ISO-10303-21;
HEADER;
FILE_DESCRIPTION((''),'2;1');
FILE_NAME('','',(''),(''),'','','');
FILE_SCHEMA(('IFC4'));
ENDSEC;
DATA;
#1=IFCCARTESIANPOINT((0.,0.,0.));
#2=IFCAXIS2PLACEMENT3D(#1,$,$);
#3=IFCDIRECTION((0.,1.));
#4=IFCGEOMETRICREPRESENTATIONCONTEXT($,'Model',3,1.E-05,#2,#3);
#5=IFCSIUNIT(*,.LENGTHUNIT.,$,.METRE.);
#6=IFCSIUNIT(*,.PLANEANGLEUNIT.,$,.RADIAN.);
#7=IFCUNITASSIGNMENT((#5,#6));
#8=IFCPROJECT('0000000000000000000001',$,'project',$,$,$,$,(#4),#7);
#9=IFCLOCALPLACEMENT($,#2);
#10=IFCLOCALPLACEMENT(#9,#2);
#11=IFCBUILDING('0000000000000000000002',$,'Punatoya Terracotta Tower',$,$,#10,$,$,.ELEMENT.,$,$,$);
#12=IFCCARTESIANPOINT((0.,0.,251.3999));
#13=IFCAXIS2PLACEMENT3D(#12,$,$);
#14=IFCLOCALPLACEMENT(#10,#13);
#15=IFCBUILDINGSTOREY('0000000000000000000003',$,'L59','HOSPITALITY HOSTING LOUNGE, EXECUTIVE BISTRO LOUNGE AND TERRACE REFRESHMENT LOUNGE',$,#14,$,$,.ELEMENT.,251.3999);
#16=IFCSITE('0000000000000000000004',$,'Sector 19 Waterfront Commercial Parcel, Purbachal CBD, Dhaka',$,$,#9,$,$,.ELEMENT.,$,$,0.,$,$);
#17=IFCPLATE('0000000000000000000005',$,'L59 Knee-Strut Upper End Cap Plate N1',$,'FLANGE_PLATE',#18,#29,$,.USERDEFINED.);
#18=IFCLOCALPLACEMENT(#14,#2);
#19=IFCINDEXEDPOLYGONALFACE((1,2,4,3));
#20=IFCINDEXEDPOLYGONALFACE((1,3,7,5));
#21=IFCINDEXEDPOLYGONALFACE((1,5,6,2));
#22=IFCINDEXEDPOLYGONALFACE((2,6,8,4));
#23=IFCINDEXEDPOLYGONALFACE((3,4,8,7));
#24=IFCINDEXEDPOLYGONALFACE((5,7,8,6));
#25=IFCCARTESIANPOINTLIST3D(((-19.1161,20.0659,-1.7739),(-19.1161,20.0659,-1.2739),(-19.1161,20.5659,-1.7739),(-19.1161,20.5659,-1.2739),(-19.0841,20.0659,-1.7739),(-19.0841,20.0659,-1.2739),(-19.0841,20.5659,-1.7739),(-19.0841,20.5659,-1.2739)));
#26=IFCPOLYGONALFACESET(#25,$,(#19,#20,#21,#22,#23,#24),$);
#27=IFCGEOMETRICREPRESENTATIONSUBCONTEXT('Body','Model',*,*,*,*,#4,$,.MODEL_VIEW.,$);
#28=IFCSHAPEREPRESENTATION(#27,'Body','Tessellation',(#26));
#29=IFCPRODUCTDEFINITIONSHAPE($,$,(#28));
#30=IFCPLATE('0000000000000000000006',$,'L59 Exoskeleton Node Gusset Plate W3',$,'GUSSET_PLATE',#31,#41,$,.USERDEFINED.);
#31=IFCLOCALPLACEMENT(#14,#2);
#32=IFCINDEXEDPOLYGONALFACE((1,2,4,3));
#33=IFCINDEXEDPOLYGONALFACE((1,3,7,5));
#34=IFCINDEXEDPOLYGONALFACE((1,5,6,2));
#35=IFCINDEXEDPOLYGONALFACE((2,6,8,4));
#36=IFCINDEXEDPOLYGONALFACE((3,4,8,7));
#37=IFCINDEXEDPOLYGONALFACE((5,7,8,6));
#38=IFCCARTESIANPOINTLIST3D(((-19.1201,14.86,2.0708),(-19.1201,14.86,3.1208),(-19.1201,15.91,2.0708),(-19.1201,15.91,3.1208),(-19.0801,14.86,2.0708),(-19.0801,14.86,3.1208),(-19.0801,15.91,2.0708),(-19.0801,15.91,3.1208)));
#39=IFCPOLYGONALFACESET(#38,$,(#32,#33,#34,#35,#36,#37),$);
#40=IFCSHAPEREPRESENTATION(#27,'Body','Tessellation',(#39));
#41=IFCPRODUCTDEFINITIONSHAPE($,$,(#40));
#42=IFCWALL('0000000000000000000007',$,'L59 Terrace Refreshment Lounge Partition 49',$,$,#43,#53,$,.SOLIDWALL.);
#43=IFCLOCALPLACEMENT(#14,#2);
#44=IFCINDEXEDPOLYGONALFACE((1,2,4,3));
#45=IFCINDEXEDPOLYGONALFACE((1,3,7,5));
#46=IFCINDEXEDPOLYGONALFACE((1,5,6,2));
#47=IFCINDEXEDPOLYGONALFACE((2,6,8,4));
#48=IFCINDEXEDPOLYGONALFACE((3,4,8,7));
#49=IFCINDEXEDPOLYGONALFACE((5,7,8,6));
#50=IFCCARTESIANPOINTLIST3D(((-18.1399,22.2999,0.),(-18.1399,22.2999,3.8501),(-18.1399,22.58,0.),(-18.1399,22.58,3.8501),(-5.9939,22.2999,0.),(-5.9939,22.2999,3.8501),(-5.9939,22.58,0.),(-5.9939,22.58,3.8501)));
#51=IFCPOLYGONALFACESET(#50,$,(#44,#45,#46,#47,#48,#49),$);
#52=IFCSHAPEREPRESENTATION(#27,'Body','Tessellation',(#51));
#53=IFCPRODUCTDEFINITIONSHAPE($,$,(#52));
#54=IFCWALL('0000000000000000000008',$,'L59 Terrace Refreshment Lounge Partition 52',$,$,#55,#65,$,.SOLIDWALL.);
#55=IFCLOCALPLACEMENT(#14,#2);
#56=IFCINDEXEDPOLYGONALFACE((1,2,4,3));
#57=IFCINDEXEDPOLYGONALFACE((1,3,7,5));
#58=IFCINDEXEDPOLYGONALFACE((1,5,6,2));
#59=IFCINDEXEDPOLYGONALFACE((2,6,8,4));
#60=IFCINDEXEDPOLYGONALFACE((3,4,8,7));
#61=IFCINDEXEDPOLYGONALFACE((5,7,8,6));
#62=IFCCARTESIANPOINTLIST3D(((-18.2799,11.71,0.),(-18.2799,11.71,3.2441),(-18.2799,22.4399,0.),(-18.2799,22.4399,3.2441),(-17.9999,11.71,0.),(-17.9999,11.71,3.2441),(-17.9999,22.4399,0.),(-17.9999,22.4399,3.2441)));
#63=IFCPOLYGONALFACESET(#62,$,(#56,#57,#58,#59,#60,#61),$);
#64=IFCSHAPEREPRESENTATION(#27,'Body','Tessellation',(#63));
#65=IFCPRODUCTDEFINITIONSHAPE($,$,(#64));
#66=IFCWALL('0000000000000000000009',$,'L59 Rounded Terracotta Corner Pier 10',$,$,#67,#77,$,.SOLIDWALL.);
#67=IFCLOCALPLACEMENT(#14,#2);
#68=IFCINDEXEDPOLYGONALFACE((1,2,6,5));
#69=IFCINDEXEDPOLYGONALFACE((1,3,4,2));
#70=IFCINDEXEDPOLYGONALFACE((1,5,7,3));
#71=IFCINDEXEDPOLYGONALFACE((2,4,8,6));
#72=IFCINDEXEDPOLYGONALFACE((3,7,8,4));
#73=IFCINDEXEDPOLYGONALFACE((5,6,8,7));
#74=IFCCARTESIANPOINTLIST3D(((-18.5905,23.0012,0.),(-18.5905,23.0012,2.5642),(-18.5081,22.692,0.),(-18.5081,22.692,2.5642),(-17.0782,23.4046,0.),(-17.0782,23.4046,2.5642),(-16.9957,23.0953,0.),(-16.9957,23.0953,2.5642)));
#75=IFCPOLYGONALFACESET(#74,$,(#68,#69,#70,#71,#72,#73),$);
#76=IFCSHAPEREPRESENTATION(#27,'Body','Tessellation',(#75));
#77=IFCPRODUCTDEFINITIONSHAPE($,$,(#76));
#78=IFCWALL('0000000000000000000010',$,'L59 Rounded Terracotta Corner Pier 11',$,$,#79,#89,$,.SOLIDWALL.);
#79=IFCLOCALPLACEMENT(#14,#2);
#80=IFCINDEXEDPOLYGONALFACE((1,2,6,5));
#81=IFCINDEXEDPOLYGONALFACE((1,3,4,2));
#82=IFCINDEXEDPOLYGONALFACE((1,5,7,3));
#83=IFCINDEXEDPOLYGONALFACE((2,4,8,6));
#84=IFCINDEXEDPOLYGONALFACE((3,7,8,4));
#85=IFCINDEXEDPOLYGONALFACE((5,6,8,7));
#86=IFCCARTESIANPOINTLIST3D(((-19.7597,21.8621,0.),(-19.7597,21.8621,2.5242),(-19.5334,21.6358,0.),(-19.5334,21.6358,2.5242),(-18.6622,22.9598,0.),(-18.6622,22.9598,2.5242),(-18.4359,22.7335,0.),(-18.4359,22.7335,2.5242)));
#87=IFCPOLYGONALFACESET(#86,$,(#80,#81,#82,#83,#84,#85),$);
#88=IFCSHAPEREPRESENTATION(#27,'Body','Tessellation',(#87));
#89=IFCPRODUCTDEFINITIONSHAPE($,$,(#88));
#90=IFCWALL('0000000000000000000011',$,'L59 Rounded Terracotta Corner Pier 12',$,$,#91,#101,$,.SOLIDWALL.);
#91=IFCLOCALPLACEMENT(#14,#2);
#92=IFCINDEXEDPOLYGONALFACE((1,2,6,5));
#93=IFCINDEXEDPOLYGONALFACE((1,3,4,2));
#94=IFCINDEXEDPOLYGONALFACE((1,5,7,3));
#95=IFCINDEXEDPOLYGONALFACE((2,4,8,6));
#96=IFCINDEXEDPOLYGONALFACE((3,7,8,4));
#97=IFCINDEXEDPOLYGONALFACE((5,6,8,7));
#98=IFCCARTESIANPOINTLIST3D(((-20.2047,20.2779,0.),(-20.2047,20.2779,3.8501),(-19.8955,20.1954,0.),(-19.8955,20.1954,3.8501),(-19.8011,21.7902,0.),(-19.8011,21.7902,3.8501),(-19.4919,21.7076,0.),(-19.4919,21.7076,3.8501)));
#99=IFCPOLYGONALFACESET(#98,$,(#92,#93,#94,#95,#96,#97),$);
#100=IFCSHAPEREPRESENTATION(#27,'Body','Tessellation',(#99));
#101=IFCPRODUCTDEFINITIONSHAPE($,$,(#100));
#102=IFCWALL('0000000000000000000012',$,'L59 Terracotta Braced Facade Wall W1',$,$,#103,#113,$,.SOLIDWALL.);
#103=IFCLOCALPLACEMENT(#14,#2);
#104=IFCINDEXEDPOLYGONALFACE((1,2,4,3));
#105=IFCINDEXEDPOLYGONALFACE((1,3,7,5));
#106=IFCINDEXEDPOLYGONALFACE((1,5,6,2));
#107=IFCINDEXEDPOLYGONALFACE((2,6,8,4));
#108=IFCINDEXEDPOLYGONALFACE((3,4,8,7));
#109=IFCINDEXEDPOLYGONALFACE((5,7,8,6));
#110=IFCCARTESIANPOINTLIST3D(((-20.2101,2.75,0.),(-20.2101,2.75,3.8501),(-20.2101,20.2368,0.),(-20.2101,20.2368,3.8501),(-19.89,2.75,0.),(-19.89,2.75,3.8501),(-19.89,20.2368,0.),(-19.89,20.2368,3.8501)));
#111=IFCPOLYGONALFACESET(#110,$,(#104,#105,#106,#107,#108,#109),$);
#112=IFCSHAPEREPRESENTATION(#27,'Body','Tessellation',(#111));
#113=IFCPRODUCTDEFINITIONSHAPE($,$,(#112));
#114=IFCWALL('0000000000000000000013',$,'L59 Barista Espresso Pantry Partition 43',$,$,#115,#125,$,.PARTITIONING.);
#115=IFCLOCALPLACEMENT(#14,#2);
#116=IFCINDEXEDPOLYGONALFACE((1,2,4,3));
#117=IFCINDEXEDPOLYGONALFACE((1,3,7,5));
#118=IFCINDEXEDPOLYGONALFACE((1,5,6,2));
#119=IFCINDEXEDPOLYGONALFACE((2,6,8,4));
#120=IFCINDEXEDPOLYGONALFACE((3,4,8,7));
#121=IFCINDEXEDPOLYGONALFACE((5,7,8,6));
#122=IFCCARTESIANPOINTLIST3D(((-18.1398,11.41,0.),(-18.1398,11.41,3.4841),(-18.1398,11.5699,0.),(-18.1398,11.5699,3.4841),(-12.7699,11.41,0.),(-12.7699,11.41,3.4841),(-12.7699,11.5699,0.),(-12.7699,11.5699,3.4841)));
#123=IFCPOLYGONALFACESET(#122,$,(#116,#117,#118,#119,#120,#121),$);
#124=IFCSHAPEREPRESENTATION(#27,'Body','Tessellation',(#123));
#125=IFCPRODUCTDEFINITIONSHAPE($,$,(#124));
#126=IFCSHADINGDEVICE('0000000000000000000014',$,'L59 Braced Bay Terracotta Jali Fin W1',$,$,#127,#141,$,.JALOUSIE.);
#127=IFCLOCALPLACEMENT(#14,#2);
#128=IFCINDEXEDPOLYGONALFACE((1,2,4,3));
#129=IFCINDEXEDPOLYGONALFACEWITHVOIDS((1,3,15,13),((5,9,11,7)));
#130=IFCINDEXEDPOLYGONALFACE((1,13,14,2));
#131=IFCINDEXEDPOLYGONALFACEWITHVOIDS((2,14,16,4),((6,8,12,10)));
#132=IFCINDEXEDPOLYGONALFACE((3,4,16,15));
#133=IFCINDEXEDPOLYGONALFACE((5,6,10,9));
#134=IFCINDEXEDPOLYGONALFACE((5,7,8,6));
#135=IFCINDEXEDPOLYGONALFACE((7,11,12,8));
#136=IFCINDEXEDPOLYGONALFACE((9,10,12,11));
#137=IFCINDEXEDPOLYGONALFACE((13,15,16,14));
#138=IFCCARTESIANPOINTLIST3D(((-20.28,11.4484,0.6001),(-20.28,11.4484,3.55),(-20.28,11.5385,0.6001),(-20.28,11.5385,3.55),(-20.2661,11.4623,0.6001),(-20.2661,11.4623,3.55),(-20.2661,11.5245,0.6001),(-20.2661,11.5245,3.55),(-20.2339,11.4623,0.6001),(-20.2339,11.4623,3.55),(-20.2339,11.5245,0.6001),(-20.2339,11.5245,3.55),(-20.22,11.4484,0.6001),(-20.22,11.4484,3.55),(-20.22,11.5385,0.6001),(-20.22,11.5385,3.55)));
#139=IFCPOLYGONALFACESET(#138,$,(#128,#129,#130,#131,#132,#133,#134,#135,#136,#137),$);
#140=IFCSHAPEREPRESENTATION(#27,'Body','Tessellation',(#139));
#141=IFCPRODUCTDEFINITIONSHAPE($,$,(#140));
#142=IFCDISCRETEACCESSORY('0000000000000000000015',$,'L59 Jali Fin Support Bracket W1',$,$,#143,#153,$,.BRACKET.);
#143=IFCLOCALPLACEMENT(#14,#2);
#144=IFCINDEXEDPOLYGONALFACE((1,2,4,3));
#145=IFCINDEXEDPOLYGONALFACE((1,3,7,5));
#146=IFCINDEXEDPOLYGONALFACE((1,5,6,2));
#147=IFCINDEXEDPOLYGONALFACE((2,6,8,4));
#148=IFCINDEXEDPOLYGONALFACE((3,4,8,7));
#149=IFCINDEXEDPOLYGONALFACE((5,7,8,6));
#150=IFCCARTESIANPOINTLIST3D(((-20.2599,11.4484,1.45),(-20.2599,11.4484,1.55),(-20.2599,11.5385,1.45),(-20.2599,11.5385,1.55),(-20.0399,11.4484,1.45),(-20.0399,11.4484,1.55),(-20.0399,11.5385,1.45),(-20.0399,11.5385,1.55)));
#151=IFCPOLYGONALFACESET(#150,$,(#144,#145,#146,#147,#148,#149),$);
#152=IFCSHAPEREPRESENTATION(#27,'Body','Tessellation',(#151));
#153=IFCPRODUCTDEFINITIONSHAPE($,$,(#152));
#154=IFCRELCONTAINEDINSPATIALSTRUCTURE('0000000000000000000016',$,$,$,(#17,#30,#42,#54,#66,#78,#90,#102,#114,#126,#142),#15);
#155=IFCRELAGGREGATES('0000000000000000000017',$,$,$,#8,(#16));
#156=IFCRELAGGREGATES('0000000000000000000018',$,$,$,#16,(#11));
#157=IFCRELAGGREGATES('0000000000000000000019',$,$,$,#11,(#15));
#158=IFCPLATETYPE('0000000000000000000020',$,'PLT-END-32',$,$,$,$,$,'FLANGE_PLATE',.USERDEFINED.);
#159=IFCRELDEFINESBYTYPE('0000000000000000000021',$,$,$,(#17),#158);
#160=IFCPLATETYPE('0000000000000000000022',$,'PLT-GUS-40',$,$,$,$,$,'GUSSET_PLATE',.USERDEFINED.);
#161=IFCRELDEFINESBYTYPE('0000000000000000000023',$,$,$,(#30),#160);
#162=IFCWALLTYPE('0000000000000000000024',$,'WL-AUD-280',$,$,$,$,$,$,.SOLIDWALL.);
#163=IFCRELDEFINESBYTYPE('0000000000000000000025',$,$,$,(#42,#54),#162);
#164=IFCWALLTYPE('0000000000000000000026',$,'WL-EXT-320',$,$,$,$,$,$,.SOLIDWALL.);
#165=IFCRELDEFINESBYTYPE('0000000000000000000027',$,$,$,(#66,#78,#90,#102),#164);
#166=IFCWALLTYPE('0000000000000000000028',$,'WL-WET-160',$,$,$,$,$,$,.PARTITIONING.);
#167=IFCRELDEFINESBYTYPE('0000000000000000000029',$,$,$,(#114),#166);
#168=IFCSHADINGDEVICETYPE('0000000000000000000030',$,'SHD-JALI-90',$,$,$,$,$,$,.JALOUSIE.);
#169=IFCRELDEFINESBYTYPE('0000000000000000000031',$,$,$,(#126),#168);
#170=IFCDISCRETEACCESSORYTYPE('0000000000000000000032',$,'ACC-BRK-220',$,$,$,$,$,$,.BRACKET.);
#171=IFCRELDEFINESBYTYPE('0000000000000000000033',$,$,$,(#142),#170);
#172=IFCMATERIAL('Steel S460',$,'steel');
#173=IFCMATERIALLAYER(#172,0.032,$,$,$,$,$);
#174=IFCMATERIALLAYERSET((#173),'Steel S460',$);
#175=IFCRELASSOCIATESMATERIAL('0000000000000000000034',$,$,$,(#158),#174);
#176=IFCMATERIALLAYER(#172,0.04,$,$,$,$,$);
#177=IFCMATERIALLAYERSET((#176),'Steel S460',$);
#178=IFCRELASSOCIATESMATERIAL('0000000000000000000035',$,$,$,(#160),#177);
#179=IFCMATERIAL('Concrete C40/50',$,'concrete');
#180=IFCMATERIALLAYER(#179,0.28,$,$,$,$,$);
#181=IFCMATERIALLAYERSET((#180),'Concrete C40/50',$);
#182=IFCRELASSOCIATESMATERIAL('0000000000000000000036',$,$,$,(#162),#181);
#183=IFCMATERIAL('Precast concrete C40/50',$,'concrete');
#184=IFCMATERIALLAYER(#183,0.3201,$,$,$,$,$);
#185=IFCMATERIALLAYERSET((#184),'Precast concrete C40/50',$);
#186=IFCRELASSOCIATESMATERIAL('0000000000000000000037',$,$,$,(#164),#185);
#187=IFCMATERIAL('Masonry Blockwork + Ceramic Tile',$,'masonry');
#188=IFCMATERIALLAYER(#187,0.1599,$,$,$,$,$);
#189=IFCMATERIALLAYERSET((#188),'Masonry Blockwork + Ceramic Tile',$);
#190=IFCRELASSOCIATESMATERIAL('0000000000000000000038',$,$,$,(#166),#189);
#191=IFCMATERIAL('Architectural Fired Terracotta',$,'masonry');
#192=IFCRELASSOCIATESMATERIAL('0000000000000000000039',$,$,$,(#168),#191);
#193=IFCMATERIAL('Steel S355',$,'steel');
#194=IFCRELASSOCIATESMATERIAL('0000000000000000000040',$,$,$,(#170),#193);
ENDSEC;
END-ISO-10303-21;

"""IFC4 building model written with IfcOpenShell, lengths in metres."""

from ifc_helpers import new_model, si_unit, direction, frame, frame_2d, origin, origin_2d, place, context, subcontext, project, spatial, rectangle, hollow_rectangle, extrude, material, layer, layer_set, material_profile, profile_set, type_object, element, save


model = new_model("IFC4")

# Units and contexts
model_context = context("Model", 3, precision=1e-05, world=origin(), true_north=direction((0.0, 1.0)))
body_context = subcontext(model_context, "Body", "Model", "MODEL_VIEW")
ifc_project = project(units=[si_unit("LENGTHUNIT", "METRE"), si_unit("PLANEANGLEUNIT", "RADIAN")], contexts=[model_context])

# Site, building, storey
site_placement = place(None, origin())
site = spatial("IfcSite", under=ifc_project, at=site_placement, Name="Sector 19 Waterfront Commercial Parcel, Purbachal CBD, Dhaka", CompositionType="ELEMENT", RefElevation=0.0)
building_placement = place(site_placement, origin())
building = spatial("IfcBuilding", under=site, at=building_placement, Name="Punatoya Terracotta Tower", CompositionType="ELEMENT")
storey_placement = place(building_placement, frame((0.0, 0.0, 251.3999)))
storey = spatial("IfcBuildingStorey", under=building, at=storey_placement, Name="L59", Description="HOSPITALITY HOSTING LOUNGE, EXECUTIVE BISTRO LOUNGE AND TERRACE REFRESHMENT LOUNGE", CompositionType="ELEMENT", Elevation=251.3999)

# Shared definitions
ifc_material_1 = material(Name="Steel S460", Category="steel")

# Shared definitions
ifc_material_2 = material(Name="Steel S355", Category="steel")

# Plates
ifc_layer_1 = layer(ifc_material_1, 0.032)
ifc_layer_set_1 = layer_set([ifc_layer_1], Name="Steel S460")
plate_type_1 = type_object("IfcPlateType", Name="PLT-END-32", ElementType="FLANGE_PLATE", PredefinedType="USERDEFINED", material=ifc_layer_set_1)
plate_1_placement = place(storey_placement, frame((-19.1001, 20.3159, -1.7739), z_axis=(0.0, 0.0, 1.0), x_axis=(0.0, 1.0, 0.0)))
element("IfcPlate", 1, at=plate_1_placement, inside=storey, type_object=plate_type_1, Name="L59 Knee-Strut Upper End Cap Plate N1", ObjectType="FLANGE_PLATE", PredefinedType="USERDEFINED", context=body_context, shape_type="SweptSolid", body=[
    extrude(rectangle(XDim=0.5, YDim=0.032, at=origin_2d()), origin(), (0.0, 0.0, 1.0), 0.5),
])
ifc_layer_2 = layer(ifc_material_1, 0.04)
ifc_layer_set_2 = layer_set([ifc_layer_2], Name="Steel S460")
plate_type_2 = type_object("IfcPlateType", Name="PLT-GUS-40", ElementType="GUSSET_PLATE", PredefinedType="USERDEFINED", material=ifc_layer_set_2)
plate_2_placement = place(storey_placement, frame((-19.1001, 15.385, 2.0708), z_axis=(0.0, 0.0, 1.0), x_axis=(0.0, 1.0, 0.0)))
element("IfcPlate", 2, at=plate_2_placement, inside=storey, type_object=plate_type_2, Name="L59 Exoskeleton Node Gusset Plate W3", ObjectType="GUSSET_PLATE", PredefinedType="USERDEFINED", context=body_context, shape_type="SweptSolid", body=[
    extrude(rectangle(XDim=1.05, YDim=0.04, at=origin_2d()), origin(), (0.0, 0.0, 1.0), 1.05),
])

# Walls
ifc_material_3 = material(Name="Concrete C40/50", Category="concrete")
ifc_layer_3 = layer(ifc_material_3, 0.28)
ifc_layer_set_3 = layer_set([ifc_layer_3], Name="Concrete C40/50")
wall_type_1 = type_object("IfcWallType", Name="WL-AUD-280", PredefinedType="SOLIDWALL", material=ifc_layer_set_3)
wall_1_placement = place(storey_placement, frame((-18.1399, 22.4399, 0.0), z_axis=(0.0, 0.0, 1.0), x_axis=(1.0, 0.0, 0.0)))
element("IfcWall", 3, at=wall_1_placement, inside=storey, type_object=wall_type_1, Name="L59 Terrace Refreshment Lounge Partition 49", PredefinedType="SOLIDWALL", context=body_context, shape_type="SweptSolid", body=[
    extrude(rectangle(XDim=12.146, YDim=0.28, at=frame_2d((6.073, 0.0))), origin(), (0.0, 0.0, 1.0), 3.8501),
])
wall_2_placement = place(storey_placement, frame((-18.1399, 11.71, 0.0), z_axis=(0.0, 0.0, 1.0), x_axis=(0.0, 1.0, 0.0)))
element("IfcWall", 4, at=wall_2_placement, inside=storey, type_object=wall_type_1, Name="L59 Terrace Refreshment Lounge Partition 52", PredefinedType="SOLIDWALL", context=body_context, shape_type="SweptSolid", body=[
    extrude(rectangle(XDim=10.73, YDim=0.28, at=frame_2d((5.365, 0.0))), origin(), (0.0, 0.0, 1.0), 3.2441),
])
ifc_material_4 = material(Name="Precast concrete C40/50", Category="concrete")
ifc_layer_4 = layer(ifc_material_4, 0.3201)
ifc_layer_set_4 = layer_set([ifc_layer_4], Name="Precast concrete C40/50")
wall_type_2 = type_object("IfcWallType", Name="WL-EXT-320", PredefinedType="SOLIDWALL", material=ifc_layer_set_4)
wall_3_placement = place(storey_placement, frame((-17.0369, 23.25, 0.0), z_axis=(0.0, 0.0, 1.0), x_axis=(-0.966225, -0.257701, 0.0)))
element("IfcWall", 5, at=wall_3_placement, inside=storey, type_object=wall_type_2, Name="L59 Rounded Terracotta Corner Pier 10", PredefinedType="SOLIDWALL", context=body_context, shape_type="SweptSolid", body=[
    extrude(rectangle(XDim=1.5652, YDim=0.3201, at=frame_2d((0.7827, 0.0))), origin(), (0.0, 0.0, 1.0), 2.5642),
])
wall_4_placement = place(storey_placement, frame((-18.5491, 22.8467, 0.0), z_axis=(0.0, 0.0, 1.0), x_axis=(-0.707028, -0.707185, 0.0)))
element("IfcWall", 6, at=wall_4_placement, inside=storey, type_object=wall_type_2, Name="L59 Rounded Terracotta Corner Pier 11", PredefinedType="SOLIDWALL", context=body_context, shape_type="SweptSolid", body=[
    extrude(rectangle(XDim=1.5522, YDim=0.3201, at=frame_2d((0.7761, 0.0))), origin(), (0.0, 0.0, 1.0), 2.5242),
])
wall_5_placement = place(storey_placement, frame((-19.6465, 21.749, 0.0), z_axis=(0.0, 0.0, 1.0), x_axis=(-0.257847, -0.966186, 0.0)))
element("IfcWall", 7, at=wall_5_placement, inside=storey, type_object=wall_type_2, Name="L59 Rounded Terracotta Corner Pier 12", PredefinedType="SOLIDWALL", context=body_context, shape_type="SweptSolid", body=[
    extrude(rectangle(XDim=1.5652, YDim=0.3201, at=frame_2d((0.7827, 0.0))), origin(), (0.0, 0.0, 1.0), 3.8501),
])
wall_6_placement = place(storey_placement, frame((-20.05, 20.2368, 0.0), z_axis=(0.0, 0.0, 1.0), x_axis=(0.0, -1.0, 0.0)))
element("IfcWall", 8, at=wall_6_placement, inside=storey, type_object=wall_type_2, Name="L59 Terracotta Braced Facade Wall W1", PredefinedType="SOLIDWALL", context=body_context, shape_type="SweptSolid", body=[
    extrude(rectangle(XDim=17.4868, YDim=0.3201, at=frame_2d((8.7434, 0.0))), origin(), (0.0, 0.0, 1.0), 3.8501),
])
ifc_material_5 = material(Name="Masonry Blockwork + Ceramic Tile", Category="masonry")
ifc_layer_5 = layer(ifc_material_5, 0.1599)
ifc_layer_set_5 = layer_set([ifc_layer_5], Name="Masonry Blockwork + Ceramic Tile")
wall_type_3 = type_object("IfcWallType", Name="WL-WET-160", PredefinedType="PARTITIONING", material=ifc_layer_set_5)
wall_7_placement = place(storey_placement, frame((-18.1399, 11.49, 0.0), z_axis=(0.0, 0.0, 1.0), x_axis=(1.0, 0.0, 0.0)))
element("IfcWall", 9, at=wall_7_placement, inside=storey, type_object=wall_type_3, Name="L59 Barista Espresso Pantry Partition 43", PredefinedType="PARTITIONING", context=body_context, shape_type="SweptSolid", body=[
    extrude(rectangle(XDim=5.3699, YDim=0.1599, at=frame_2d((2.6851, 0.0))), origin(), (0.0, 0.0, 1.0), 3.4841),
])

# Shading device
ifc_material_6 = material(Name="Architectural Fired Terracotta", Category="masonry")
ifc_material_profile_1 = material_profile(ifc_material_6, hollow_rectangle(XDim=0.0601, YDim=0.0901, WallThickness=0.0139, at=origin_2d()))
ifc_profile_set_1 = profile_set([ifc_material_profile_1], Name="Architectural Fired Terracotta")
shading_device_type = type_object("IfcShadingDeviceType", Name="SHD-JALI-90", PredefinedType="JALOUSIE", material=ifc_profile_set_1)
shading_device_placement = place(storey_placement, frame((-20.25, 11.4934, 0.6001), z_axis=(0.0, 0.0, 1.0), x_axis=(1.0, 0.0, 0.0)))
element("IfcShadingDevice", 10, at=shading_device_placement, inside=storey, type_object=shading_device_type, Name="L59 Braced Bay Terracotta Jali Fin W1", PredefinedType="JALOUSIE", context=body_context, shape_type="SweptSolid", body=[
    extrude(hollow_rectangle(XDim=0.0601, YDim=0.0901, WallThickness=0.0139, at=origin_2d()), origin(), (0.0, 0.0, 1.0), 2.95),
])

# Discrete accessory
discrete_accessory_type = type_object("IfcDiscreteAccessoryType", Name="ACC-BRK-220", PredefinedType="BRACKET", material=ifc_material_2)
discrete_accessory_placement = place(storey_placement, frame((-20.1499, 11.4934, 1.45), z_axis=(0.0, 0.0, 1.0), x_axis=(0.0, -1.0, 0.0)))
element("IfcDiscreteAccessory", 11, at=discrete_accessory_placement, inside=storey, type_object=discrete_accessory_type, Name="L59 Jali Fin Support Bracket W1", PredefinedType="BRACKET", context=body_context, shape_type="SweptSolid", body=[
    extrude(rectangle(XDim=0.0901, YDim=0.22, at=origin_2d()), origin(), (0.0, 0.0, 1.0), 0.1001),
])

save(model, "model.ifc")
